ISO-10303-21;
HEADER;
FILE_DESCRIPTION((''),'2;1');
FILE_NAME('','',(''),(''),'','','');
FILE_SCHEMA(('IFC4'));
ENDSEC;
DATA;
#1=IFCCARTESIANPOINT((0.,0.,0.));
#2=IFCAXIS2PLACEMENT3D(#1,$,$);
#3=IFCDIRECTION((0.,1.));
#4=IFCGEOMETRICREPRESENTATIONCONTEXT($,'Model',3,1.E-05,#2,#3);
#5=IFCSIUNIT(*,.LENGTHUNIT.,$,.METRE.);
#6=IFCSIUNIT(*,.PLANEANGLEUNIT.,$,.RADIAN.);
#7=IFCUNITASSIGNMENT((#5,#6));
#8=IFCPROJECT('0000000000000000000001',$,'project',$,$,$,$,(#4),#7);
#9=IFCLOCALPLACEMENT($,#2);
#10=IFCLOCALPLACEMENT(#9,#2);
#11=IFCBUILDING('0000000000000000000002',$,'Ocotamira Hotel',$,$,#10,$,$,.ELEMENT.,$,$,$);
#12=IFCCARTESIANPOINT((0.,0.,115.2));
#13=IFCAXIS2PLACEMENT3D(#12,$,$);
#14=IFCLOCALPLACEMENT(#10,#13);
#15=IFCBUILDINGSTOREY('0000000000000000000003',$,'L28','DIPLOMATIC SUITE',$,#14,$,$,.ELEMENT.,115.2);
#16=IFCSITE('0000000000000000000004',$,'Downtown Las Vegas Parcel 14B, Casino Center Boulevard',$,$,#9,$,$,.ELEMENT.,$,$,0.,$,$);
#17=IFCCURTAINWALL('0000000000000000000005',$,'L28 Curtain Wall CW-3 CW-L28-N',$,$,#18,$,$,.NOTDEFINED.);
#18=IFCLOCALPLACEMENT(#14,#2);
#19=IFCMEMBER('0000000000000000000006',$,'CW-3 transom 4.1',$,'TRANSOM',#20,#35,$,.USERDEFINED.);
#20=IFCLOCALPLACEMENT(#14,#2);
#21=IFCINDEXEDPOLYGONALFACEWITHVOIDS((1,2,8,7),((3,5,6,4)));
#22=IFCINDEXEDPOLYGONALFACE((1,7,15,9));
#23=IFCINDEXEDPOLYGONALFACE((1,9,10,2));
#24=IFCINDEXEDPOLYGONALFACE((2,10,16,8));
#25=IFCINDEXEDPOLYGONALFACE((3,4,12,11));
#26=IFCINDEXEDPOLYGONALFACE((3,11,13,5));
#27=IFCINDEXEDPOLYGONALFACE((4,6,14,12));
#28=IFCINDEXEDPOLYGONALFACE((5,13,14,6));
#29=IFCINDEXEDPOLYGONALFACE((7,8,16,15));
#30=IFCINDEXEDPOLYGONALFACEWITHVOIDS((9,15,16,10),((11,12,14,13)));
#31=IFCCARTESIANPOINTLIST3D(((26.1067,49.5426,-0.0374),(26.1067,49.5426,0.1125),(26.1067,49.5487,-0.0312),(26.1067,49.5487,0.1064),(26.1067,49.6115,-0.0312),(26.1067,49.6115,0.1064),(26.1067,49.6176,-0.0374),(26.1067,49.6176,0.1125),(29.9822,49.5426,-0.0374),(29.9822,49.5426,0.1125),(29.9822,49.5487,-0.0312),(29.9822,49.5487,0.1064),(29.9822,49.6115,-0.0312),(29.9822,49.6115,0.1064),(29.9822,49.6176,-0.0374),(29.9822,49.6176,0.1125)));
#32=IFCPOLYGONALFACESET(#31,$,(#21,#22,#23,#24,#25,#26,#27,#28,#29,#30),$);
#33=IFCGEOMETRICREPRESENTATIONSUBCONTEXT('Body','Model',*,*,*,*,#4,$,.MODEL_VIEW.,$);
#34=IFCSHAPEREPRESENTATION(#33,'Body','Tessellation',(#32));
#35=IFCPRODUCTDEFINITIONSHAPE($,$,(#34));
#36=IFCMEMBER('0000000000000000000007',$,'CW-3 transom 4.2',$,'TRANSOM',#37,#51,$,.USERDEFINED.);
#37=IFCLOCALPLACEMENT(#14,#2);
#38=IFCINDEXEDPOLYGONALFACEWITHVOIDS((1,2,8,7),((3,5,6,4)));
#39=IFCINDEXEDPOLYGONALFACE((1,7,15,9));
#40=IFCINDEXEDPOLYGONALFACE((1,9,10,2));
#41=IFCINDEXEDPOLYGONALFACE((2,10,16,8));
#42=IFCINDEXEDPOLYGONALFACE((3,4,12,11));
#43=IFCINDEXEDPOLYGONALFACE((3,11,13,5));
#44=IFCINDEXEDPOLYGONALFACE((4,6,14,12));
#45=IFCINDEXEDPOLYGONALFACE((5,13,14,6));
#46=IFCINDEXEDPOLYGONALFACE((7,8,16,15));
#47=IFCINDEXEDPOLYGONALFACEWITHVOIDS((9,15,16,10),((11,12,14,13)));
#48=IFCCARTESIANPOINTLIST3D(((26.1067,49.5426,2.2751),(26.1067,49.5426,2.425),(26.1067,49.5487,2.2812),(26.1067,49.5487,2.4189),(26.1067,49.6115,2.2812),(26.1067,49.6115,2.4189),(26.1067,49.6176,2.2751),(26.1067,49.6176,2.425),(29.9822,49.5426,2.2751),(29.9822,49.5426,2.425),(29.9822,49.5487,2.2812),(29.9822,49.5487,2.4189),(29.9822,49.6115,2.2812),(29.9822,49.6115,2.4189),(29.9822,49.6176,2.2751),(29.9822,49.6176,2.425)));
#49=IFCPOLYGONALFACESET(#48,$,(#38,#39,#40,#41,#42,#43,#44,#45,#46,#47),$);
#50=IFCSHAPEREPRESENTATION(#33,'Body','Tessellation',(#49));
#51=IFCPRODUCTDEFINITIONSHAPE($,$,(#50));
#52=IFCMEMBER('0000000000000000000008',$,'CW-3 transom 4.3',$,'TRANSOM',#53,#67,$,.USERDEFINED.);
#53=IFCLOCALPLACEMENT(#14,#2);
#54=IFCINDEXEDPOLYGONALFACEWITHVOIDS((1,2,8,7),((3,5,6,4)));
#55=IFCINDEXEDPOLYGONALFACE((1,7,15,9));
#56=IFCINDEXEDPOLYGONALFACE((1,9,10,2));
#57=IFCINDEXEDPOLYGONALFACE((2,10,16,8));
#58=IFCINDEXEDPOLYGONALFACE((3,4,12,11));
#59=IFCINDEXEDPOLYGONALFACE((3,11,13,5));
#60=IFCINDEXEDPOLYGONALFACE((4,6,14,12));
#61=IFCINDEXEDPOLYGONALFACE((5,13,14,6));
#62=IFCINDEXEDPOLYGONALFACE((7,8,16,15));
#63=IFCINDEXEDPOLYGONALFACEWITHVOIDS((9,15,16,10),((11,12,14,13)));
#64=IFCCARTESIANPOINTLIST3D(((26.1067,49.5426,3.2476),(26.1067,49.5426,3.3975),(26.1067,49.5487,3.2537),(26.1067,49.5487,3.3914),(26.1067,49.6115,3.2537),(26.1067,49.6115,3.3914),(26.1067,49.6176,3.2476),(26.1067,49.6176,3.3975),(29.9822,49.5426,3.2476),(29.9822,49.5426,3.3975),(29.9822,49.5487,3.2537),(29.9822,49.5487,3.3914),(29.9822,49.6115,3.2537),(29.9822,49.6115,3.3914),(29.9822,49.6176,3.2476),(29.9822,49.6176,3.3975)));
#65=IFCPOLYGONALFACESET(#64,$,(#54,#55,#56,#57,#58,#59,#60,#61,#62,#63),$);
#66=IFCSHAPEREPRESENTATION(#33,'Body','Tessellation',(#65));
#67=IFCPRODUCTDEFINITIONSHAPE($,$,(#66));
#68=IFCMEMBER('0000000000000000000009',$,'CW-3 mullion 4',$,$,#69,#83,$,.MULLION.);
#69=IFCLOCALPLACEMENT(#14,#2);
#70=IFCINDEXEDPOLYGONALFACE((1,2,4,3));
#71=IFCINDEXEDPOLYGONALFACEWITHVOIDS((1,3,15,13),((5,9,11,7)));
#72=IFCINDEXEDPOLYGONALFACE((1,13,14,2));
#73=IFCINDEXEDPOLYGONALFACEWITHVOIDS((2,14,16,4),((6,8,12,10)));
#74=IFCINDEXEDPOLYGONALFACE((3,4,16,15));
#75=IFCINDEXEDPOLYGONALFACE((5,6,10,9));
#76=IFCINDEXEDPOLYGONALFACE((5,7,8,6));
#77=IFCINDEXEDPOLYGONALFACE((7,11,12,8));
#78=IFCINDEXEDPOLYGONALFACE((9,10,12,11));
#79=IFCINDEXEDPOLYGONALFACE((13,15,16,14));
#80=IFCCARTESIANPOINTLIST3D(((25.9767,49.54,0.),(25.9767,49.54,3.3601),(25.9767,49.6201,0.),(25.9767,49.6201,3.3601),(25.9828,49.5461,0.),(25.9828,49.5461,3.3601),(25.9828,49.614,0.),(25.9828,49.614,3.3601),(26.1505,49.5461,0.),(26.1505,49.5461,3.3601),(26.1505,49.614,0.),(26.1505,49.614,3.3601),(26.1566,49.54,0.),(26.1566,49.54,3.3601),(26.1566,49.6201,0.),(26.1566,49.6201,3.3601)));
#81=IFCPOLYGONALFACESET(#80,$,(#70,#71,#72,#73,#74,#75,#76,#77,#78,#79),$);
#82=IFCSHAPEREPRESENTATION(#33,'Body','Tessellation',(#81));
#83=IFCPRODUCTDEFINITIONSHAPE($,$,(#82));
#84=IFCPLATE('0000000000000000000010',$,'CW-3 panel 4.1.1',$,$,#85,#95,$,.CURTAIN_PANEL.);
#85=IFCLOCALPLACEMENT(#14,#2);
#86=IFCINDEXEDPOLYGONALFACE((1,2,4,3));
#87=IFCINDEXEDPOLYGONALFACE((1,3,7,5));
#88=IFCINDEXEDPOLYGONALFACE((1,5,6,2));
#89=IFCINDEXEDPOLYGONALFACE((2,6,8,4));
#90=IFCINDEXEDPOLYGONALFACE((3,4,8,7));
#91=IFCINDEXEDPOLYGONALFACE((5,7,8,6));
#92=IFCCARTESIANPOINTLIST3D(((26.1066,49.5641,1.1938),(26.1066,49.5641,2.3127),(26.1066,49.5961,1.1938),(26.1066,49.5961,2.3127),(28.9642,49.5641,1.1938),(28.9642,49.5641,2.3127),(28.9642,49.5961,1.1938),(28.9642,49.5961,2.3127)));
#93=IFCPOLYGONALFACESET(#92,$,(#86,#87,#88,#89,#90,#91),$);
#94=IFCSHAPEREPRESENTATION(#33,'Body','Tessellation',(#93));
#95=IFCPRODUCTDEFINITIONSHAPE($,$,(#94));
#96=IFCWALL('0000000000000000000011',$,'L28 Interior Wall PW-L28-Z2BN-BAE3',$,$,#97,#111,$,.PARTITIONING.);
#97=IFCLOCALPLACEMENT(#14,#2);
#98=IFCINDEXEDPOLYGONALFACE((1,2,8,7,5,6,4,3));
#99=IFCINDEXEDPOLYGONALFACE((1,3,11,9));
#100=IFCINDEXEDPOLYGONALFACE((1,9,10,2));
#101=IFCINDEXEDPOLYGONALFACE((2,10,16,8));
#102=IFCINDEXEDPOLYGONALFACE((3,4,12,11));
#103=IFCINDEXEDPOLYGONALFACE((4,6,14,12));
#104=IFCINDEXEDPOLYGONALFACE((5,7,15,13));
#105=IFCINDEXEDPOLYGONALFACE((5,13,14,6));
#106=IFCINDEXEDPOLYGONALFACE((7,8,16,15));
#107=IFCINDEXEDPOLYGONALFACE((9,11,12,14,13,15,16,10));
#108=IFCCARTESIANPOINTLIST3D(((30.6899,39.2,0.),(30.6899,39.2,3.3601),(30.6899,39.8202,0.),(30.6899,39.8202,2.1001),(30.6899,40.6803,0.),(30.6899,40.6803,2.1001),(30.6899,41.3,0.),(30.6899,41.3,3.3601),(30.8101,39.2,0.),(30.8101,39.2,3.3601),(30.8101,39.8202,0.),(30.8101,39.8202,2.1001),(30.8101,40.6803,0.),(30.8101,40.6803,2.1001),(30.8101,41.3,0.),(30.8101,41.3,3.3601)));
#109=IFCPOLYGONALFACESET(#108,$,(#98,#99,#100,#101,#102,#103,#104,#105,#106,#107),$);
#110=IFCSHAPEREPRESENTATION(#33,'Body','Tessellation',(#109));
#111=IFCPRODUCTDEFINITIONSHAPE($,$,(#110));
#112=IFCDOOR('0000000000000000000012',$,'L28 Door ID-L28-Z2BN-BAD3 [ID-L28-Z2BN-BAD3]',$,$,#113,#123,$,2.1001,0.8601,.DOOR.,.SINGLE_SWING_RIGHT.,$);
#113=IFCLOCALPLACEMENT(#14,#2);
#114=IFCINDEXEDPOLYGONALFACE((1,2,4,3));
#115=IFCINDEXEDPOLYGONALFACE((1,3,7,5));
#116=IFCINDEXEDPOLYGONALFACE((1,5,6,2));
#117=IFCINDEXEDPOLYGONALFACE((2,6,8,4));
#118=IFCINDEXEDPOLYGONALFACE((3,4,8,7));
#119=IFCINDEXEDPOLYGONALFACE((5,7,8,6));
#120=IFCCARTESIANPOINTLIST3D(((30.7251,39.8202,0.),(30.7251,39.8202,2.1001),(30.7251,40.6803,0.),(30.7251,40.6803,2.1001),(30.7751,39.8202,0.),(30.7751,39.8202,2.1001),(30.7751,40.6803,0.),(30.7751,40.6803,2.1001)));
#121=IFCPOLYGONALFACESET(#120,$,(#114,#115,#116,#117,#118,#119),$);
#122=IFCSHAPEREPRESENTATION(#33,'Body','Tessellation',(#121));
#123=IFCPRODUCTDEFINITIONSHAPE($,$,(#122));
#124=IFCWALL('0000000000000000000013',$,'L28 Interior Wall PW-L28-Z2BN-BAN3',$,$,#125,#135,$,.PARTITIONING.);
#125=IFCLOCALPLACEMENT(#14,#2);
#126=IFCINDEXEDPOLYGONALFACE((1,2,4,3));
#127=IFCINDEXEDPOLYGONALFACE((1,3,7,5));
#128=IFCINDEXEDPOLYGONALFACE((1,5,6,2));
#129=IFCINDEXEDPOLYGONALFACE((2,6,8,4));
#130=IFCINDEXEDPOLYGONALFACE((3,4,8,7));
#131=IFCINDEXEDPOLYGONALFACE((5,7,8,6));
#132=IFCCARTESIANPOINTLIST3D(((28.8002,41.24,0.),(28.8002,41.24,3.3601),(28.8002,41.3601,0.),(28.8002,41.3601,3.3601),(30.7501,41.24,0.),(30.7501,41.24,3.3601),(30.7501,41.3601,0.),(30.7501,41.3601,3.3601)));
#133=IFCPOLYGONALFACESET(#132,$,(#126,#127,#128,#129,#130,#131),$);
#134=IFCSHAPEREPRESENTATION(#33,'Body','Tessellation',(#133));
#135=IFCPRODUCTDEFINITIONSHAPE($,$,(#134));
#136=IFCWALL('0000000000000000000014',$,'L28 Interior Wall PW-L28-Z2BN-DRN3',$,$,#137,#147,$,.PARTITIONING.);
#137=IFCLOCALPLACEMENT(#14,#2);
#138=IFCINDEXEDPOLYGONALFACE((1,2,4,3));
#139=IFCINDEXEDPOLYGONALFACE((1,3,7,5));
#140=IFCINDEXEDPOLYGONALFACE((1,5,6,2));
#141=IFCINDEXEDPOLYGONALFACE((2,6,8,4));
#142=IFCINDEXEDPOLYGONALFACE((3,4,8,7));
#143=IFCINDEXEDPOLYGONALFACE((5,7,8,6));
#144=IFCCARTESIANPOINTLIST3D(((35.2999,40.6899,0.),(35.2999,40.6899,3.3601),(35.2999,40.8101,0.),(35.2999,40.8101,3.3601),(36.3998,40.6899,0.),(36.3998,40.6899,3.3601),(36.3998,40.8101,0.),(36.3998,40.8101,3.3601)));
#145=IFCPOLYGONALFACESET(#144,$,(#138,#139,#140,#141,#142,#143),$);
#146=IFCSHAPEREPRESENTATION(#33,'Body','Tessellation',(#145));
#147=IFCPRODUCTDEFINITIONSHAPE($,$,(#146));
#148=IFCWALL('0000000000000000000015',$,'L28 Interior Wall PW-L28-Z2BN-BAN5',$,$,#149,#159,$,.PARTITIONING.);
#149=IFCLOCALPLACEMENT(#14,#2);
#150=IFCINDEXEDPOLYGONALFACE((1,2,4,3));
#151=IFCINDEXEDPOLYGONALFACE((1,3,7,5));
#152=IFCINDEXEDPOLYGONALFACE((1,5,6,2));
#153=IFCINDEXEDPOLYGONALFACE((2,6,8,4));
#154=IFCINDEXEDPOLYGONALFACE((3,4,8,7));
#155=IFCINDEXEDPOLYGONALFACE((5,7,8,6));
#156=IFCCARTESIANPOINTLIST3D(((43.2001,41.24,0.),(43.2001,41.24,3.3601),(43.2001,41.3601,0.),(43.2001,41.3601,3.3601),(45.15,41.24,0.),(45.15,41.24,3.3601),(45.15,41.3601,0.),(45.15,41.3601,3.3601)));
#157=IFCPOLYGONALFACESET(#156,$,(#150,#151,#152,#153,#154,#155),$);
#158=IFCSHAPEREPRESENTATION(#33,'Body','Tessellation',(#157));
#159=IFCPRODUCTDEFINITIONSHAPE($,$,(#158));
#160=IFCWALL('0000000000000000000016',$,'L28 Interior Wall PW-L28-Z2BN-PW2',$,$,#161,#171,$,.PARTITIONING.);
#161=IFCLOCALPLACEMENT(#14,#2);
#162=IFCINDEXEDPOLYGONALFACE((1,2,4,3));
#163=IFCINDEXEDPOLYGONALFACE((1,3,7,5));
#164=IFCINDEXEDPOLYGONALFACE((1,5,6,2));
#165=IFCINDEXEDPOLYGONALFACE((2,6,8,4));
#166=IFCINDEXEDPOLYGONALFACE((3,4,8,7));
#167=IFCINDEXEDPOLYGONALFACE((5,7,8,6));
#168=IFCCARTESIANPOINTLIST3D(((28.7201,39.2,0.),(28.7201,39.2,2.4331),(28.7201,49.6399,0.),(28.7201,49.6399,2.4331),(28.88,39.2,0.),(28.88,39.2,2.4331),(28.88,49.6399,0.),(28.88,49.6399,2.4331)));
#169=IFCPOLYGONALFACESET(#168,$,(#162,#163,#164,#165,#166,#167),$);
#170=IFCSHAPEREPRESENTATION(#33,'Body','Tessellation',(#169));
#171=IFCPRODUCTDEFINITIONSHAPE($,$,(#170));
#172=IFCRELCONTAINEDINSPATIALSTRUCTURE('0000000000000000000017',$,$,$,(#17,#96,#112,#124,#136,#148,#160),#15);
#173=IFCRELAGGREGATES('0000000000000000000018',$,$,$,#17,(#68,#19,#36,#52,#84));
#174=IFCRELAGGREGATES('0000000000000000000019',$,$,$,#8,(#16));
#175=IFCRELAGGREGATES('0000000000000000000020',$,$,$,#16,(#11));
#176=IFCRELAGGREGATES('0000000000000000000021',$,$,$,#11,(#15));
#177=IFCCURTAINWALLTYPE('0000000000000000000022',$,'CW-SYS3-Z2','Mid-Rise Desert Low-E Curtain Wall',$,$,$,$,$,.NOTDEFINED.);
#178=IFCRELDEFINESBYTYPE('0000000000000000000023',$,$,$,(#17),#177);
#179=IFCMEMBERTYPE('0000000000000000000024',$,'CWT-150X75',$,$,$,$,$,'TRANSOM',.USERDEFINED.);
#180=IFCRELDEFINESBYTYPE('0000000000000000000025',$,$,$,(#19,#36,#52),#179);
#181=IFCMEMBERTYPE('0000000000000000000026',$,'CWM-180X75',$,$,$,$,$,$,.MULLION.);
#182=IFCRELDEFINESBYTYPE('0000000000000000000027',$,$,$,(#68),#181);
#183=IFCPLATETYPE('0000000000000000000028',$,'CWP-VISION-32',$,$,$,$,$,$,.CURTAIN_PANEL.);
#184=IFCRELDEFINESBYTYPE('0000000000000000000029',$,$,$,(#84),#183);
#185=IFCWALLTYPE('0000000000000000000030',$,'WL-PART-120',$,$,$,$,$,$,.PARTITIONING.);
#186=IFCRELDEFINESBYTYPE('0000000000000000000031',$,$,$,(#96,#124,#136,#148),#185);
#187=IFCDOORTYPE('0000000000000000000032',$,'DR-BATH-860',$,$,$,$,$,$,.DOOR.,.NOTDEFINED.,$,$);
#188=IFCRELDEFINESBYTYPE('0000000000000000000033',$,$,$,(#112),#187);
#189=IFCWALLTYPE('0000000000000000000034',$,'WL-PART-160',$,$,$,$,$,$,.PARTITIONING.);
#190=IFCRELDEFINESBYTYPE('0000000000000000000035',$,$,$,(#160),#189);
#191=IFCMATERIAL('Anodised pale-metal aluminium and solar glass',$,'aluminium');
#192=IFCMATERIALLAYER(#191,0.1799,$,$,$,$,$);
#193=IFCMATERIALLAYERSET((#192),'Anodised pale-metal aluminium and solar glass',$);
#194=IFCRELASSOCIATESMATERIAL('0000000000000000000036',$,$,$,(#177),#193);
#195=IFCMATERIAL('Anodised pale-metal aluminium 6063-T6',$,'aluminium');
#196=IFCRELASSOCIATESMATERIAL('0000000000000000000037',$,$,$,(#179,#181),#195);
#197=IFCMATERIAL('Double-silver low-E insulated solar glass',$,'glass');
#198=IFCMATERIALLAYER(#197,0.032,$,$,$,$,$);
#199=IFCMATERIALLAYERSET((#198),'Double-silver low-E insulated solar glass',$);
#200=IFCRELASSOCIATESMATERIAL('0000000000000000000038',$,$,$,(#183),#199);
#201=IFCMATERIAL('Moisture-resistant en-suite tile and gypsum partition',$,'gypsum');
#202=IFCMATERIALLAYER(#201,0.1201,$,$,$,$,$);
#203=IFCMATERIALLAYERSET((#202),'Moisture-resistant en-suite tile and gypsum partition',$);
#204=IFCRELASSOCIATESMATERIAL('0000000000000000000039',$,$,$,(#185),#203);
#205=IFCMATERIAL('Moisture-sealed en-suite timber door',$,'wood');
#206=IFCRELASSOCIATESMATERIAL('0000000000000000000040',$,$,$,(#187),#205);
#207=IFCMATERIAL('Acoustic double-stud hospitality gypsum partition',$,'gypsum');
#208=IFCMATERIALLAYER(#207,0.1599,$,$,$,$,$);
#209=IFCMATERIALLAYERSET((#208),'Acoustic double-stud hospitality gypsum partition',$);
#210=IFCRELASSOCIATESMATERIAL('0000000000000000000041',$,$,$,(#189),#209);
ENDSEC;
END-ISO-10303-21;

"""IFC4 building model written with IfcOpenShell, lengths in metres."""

from ifc_helpers import new_model, si_unit, direction, frame, frame_2d, origin, origin_2d, place, context, subcontext, project, spatial, rectangle, hollow_rectangle, extrude, source, transform, mapped, material, layer, layer_set, material_profile, profile_set, type_object, element, fill, aggregate, save


model = new_model("IFC4")

# Units and contexts
model_context = context("Model", 3, precision=1e-05, world=origin(), true_north=direction((0.0, 1.0)))
body_context = subcontext(model_context, "Body", "Model", "MODEL_VIEW")
ifc_project = project(units=[si_unit("LENGTHUNIT", "METRE"), si_unit("PLANEANGLEUNIT", "RADIAN")], contexts=[model_context])

# Site, building, storey
site_placement = place(None, origin())
site = spatial("IfcSite", under=ifc_project, at=site_placement, Name="Downtown Las Vegas Parcel 14B, Casino Center Boulevard", CompositionType="ELEMENT", RefElevation=0.0)
building_placement = place(site_placement, origin())
building = spatial("IfcBuilding", under=site, at=building_placement, Name="Ocotamira Hotel", CompositionType="ELEMENT")
storey_placement = place(building_placement, frame((0.0, 0.0, 115.2)))
storey = spatial("IfcBuildingStorey", under=building, at=storey_placement, Name="L28", Description="DIPLOMATIC SUITE", CompositionType="ELEMENT", Elevation=115.2)

# Curtain wall, members, plate
ifc_material_1 = material(Name="Anodised pale-metal aluminium and solar glass", Category="aluminium")
ifc_layer_1 = layer(ifc_material_1, 0.1799)
ifc_layer_set_1 = layer_set([ifc_layer_1], Name="Anodised pale-metal aluminium and solar glass")
curtain_wall_type = type_object("IfcCurtainWallType", Name="CW-SYS3-Z2", Description="Mid-Rise Desert Low-E Curtain Wall", PredefinedType="NOTDEFINED", material=ifc_layer_set_1)
curtain_wall_placement = place(storey_placement, origin())
curtain_wall = element("IfcCurtainWall", 1, at=curtain_wall_placement, inside=storey, type_object=curtain_wall_type, Name="L28 Curtain Wall CW-3 CW-L28-N", PredefinedType="NOTDEFINED")
ifc_material_2 = material(Name="Anodised pale-metal aluminium 6063-T6", Category="aluminium")
ifc_material_profile_1 = material_profile(ifc_material_2, hollow_rectangle(XDim=0.075, YDim=0.1499, WallThickness=0.0061, at=origin_2d()), Name="HSS150X75X6")
ifc_profile_set_1 = profile_set([ifc_material_profile_1], Name="Anodised pale-metal aluminium 6063-T6")
member_type_1 = type_object("IfcMemberType", Name="CWT-150X75", ElementType="TRANSOM", PredefinedType="USERDEFINED", material=ifc_profile_set_1)
shared_shape_1 = source(origin(), body_context, "Body", "SweptSolid", [
    extrude(hollow_rectangle(XDim=0.075, YDim=0.1499, WallThickness=0.0061, at=origin_2d()), origin(), (0.0, 0.0, 1.0), 3.8755),
])
member_1_placement = place(storey_placement, frame((26.1067, 49.5801, 0.0376), z_axis=(1.0, 0.0, 0.0), x_axis=(0.0, 1.0, 0.0)))
member_1 = element("IfcMember", 2, at=member_1_placement, type_object=member_type_1, Name="CW-3 transom 4.1", ObjectType="TRANSOM", PredefinedType="USERDEFINED", context=body_context, shape_type="MappedRepresentation", body=[
    mapped(shared_shape_1, transform((0.0, 0.0, 0.0), scale=1.0)),
])
member_2_placement = place(storey_placement, frame((26.1067, 49.5801, 2.3501), z_axis=(1.0, 0.0, 0.0), x_axis=(0.0, 1.0, 0.0)))
member_2 = element("IfcMember", 3, at=member_2_placement, type_object=member_type_1, Name="CW-3 transom 4.2", ObjectType="TRANSOM", PredefinedType="USERDEFINED", context=body_context, shape_type="MappedRepresentation", body=[
    mapped(shared_shape_1, transform((0.0, 0.0, 0.0), scale=1.0)),
])
member_3_placement = place(storey_placement, frame((26.1067, 49.5801, 3.3225), z_axis=(1.0, 0.0, 0.0), x_axis=(0.0, 1.0, 0.0)))
member_3 = element("IfcMember", 4, at=member_3_placement, type_object=member_type_1, Name="CW-3 transom 4.3", ObjectType="TRANSOM", PredefinedType="USERDEFINED", context=body_context, shape_type="MappedRepresentation", body=[
    mapped(shared_shape_1, transform((0.0, 0.0, 0.0), scale=1.0)),
])
ifc_material_profile_2 = material_profile(ifc_material_2, hollow_rectangle(XDim=0.0801, YDim=0.1799, WallThickness=0.0061, at=origin_2d()), Name="HSS180X80X6")
ifc_profile_set_2 = profile_set([ifc_material_profile_2], Name="Anodised pale-metal aluminium 6063-T6")
member_type_2 = type_object("IfcMemberType", Name="CWM-180X75", PredefinedType="MULLION", material=ifc_profile_set_2)
shared_shape_2 = source(origin(), body_context, "Body", "SweptSolid", [
    extrude(hollow_rectangle(XDim=0.0801, YDim=0.1799, WallThickness=0.0061, at=origin_2d()), origin(), (0.0, 0.0, 1.0), 3.3601),
])
member_4_placement = place(storey_placement, frame((26.0667, 49.5801, 0.0), z_axis=(0.0, 0.0, 1.0), x_axis=(0.0, 1.0, 0.0)))
member_4 = element("IfcMember", 5, at=member_4_placement, type_object=member_type_2, Name="CW-3 mullion 4", PredefinedType="MULLION", context=body_context, shape_type="MappedRepresentation", body=[
    mapped(shared_shape_2, transform((0.0, 0.0, 0.0), scale=1.0)),
])
ifc_material_3 = material(Name="Double-silver low-E insulated solar glass", Category="glass")
ifc_layer_2 = layer(ifc_material_3, 0.032)
ifc_layer_set_2 = layer_set([ifc_layer_2], Name="Double-silver low-E insulated solar glass")
plate_type = type_object("IfcPlateType", Name="CWP-VISION-32", PredefinedType="CURTAIN_PANEL", material=ifc_layer_set_2)
shared_shape_3 = source(origin(), body_context, "Body", "SweptSolid", [
    extrude(rectangle(XDim=2.8577, YDim=0.032, at=origin_2d()), origin(), (0.0, 0.0, 1.0), 1.1189),
])
plate_placement = place(storey_placement, frame((27.5354, 49.5801, 1.1938), z_axis=(0.0, 0.0, 1.0), x_axis=(1.0, 0.0, 0.0)))
plate = element("IfcPlate", 6, at=plate_placement, type_object=plate_type, Name="CW-3 panel 4.1.1", PredefinedType="CURTAIN_PANEL", context=body_context, shape_type="MappedRepresentation", body=[
    mapped(shared_shape_3, transform((0.0, 0.0, 0.0), scale=1.0)),
])
aggregate(curtain_wall, [member_4, member_1, member_2, member_3, plate])

# Wall, opening, door
ifc_material_4 = material(Name="Moisture-resistant en-suite tile and gypsum partition", Category="gypsum")
ifc_layer_3 = layer(ifc_material_4, 0.1201)
ifc_layer_set_3 = layer_set([ifc_layer_3], Name="Moisture-resistant en-suite tile and gypsum partition")
wall_type_1 = type_object("IfcWallType", Name="WL-PART-120", PredefinedType="PARTITIONING", material=ifc_layer_set_3)
wall_1_placement = place(storey_placement, frame((30.75, 39.2, 0.0), z_axis=(0.0, 0.0, 1.0), x_axis=(0.0, 1.0, 0.0)))
wall_1 = element("IfcWall", 7, at=wall_1_placement, inside=storey, type_object=wall_type_1, Name="L28 Interior Wall PW-L28-Z2BN-BAE3", PredefinedType="PARTITIONING", context=body_context, shape_type="SweptSolid", body=[
    extrude(rectangle(XDim=2.1001, YDim=0.1201, at=frame_2d((1.05, 0.0))), origin(), (0.0, 0.0, 1.0), 3.3601),
])
opening_1_placement = place(wall_1_placement, frame((0.6201, 0.0, 0.0)))
opening_1 = element("IfcOpeningElement", 8, at=opening_1_placement, cuts=wall_1, PredefinedType="OPENING", context=body_context, shape_type="SweptSolid", body=[
    extrude(rectangle(XDim=0.8601, YDim=2.1001, at=frame_2d((0.4302, 1.05))), frame((0.0, 0.0701, 0.0), z_axis=(0.0, -1.0, 0.0), x_axis=(1.0, 0.0, 0.0)), (0.0, 0.0, 1.0), 0.1401),
])
ifc_material_5 = material(Name="Moisture-sealed en-suite timber door", Category="wood")
door_type_1 = type_object("IfcDoorType", Name="DR-BATH-860", OperationType="NOTDEFINED", PredefinedType="DOOR", material=ifc_material_5)
shared_shape_4 = source(origin(), body_context, "Body", "SweptSolid", [
    extrude(rectangle(XDim=0.8601, YDim=2.1001, at=frame_2d((0.4302, 1.05))), frame((0.0, 0.0249, 0.0), z_axis=(0.0, -1.0, 0.0), x_axis=(1.0, 0.0, 0.0)), (0.0, 0.0, 1.0), 0.05),
])
door_1_placement = place(opening_1_placement, origin())
door_1 = element("IfcDoor", 9, at=door_1_placement, inside=storey, type_object=door_type_1, Name="L28 Door ID-L28-Z2BN-BAD3 [ID-L28-Z2BN-BAD3]", OperationType="SINGLE_SWING_RIGHT", OverallHeight=2.1001, OverallWidth=0.8601, PredefinedType="DOOR", context=body_context, shape_type="MappedRepresentation", body=[
    mapped(shared_shape_4, transform((0.0, 0.0, 0.0), scale=1.0)),
])
fill(opening_1, door_1)

# Walls
wall_2_placement = place(storey_placement, frame((28.8, 41.3, 0.0), z_axis=(0.0, 0.0, 1.0), x_axis=(1.0, 0.0, 0.0)))
element("IfcWall", 10, at=wall_2_placement, inside=storey, type_object=wall_type_1, Name="L28 Interior Wall PW-L28-Z2BN-BAN3", PredefinedType="PARTITIONING", context=body_context, shape_type="SweptSolid", body=[
    extrude(rectangle(XDim=1.95, YDim=0.1201, at=frame_2d((0.9751, 0.0))), origin(), (0.0, 0.0, 1.0), 3.3601),
])
wall_3_placement = place(storey_placement, frame((35.3, 40.75, 0.0), z_axis=(0.0, 0.0, 1.0), x_axis=(1.0, 0.0, 0.0)))
element("IfcWall", 11, at=wall_3_placement, inside=storey, type_object=wall_type_1, Name="L28 Interior Wall PW-L28-Z2BN-DRN3", PredefinedType="PARTITIONING", context=body_context, shape_type="SweptSolid", body=[
    extrude(rectangle(XDim=1.0999, YDim=0.1201, at=frame_2d((0.5498, 0.0))), origin(), (0.0, 0.0, 1.0), 3.3601),
])
wall_4_placement = place(storey_placement, frame((43.2, 41.3, 0.0), z_axis=(0.0, 0.0, 1.0), x_axis=(1.0, 0.0, 0.0)))
element("IfcWall", 12, at=wall_4_placement, inside=storey, type_object=wall_type_1, Name="L28 Interior Wall PW-L28-Z2BN-BAN5", PredefinedType="PARTITIONING", context=body_context, shape_type="SweptSolid", body=[
    extrude(rectangle(XDim=1.95, YDim=0.1201, at=frame_2d((0.9751, 0.0))), origin(), (0.0, 0.0, 1.0), 3.3601),
])
ifc_material_6 = material(Name="Acoustic double-stud hospitality gypsum partition", Category="gypsum")
ifc_layer_4 = layer(ifc_material_6, 0.1599)
ifc_layer_set_4 = layer_set([ifc_layer_4], Name="Acoustic double-stud hospitality gypsum partition")
wall_type_2 = type_object("IfcWallType", Name="WL-PART-160", PredefinedType="PARTITIONING", material=ifc_layer_set_4)
wall_5_placement = place(storey_placement, frame((28.8, 39.2, 0.0), z_axis=(0.0, 0.0, 1.0), x_axis=(0.0, 1.0, 0.0)))
element("IfcWall", 13, at=wall_5_placement, inside=storey, type_object=wall_type_2, Name="L28 Interior Wall PW-L28-Z2BN-PW2", PredefinedType="PARTITIONING", context=body_context, shape_type="SweptSolid", body=[
    extrude(rectangle(XDim=10.4399, YDim=0.1599, at=frame_2d((5.22, 0.0))), origin(), (0.0, 0.0, 1.0), 2.4331),
])

save(model, "model.ifc")
